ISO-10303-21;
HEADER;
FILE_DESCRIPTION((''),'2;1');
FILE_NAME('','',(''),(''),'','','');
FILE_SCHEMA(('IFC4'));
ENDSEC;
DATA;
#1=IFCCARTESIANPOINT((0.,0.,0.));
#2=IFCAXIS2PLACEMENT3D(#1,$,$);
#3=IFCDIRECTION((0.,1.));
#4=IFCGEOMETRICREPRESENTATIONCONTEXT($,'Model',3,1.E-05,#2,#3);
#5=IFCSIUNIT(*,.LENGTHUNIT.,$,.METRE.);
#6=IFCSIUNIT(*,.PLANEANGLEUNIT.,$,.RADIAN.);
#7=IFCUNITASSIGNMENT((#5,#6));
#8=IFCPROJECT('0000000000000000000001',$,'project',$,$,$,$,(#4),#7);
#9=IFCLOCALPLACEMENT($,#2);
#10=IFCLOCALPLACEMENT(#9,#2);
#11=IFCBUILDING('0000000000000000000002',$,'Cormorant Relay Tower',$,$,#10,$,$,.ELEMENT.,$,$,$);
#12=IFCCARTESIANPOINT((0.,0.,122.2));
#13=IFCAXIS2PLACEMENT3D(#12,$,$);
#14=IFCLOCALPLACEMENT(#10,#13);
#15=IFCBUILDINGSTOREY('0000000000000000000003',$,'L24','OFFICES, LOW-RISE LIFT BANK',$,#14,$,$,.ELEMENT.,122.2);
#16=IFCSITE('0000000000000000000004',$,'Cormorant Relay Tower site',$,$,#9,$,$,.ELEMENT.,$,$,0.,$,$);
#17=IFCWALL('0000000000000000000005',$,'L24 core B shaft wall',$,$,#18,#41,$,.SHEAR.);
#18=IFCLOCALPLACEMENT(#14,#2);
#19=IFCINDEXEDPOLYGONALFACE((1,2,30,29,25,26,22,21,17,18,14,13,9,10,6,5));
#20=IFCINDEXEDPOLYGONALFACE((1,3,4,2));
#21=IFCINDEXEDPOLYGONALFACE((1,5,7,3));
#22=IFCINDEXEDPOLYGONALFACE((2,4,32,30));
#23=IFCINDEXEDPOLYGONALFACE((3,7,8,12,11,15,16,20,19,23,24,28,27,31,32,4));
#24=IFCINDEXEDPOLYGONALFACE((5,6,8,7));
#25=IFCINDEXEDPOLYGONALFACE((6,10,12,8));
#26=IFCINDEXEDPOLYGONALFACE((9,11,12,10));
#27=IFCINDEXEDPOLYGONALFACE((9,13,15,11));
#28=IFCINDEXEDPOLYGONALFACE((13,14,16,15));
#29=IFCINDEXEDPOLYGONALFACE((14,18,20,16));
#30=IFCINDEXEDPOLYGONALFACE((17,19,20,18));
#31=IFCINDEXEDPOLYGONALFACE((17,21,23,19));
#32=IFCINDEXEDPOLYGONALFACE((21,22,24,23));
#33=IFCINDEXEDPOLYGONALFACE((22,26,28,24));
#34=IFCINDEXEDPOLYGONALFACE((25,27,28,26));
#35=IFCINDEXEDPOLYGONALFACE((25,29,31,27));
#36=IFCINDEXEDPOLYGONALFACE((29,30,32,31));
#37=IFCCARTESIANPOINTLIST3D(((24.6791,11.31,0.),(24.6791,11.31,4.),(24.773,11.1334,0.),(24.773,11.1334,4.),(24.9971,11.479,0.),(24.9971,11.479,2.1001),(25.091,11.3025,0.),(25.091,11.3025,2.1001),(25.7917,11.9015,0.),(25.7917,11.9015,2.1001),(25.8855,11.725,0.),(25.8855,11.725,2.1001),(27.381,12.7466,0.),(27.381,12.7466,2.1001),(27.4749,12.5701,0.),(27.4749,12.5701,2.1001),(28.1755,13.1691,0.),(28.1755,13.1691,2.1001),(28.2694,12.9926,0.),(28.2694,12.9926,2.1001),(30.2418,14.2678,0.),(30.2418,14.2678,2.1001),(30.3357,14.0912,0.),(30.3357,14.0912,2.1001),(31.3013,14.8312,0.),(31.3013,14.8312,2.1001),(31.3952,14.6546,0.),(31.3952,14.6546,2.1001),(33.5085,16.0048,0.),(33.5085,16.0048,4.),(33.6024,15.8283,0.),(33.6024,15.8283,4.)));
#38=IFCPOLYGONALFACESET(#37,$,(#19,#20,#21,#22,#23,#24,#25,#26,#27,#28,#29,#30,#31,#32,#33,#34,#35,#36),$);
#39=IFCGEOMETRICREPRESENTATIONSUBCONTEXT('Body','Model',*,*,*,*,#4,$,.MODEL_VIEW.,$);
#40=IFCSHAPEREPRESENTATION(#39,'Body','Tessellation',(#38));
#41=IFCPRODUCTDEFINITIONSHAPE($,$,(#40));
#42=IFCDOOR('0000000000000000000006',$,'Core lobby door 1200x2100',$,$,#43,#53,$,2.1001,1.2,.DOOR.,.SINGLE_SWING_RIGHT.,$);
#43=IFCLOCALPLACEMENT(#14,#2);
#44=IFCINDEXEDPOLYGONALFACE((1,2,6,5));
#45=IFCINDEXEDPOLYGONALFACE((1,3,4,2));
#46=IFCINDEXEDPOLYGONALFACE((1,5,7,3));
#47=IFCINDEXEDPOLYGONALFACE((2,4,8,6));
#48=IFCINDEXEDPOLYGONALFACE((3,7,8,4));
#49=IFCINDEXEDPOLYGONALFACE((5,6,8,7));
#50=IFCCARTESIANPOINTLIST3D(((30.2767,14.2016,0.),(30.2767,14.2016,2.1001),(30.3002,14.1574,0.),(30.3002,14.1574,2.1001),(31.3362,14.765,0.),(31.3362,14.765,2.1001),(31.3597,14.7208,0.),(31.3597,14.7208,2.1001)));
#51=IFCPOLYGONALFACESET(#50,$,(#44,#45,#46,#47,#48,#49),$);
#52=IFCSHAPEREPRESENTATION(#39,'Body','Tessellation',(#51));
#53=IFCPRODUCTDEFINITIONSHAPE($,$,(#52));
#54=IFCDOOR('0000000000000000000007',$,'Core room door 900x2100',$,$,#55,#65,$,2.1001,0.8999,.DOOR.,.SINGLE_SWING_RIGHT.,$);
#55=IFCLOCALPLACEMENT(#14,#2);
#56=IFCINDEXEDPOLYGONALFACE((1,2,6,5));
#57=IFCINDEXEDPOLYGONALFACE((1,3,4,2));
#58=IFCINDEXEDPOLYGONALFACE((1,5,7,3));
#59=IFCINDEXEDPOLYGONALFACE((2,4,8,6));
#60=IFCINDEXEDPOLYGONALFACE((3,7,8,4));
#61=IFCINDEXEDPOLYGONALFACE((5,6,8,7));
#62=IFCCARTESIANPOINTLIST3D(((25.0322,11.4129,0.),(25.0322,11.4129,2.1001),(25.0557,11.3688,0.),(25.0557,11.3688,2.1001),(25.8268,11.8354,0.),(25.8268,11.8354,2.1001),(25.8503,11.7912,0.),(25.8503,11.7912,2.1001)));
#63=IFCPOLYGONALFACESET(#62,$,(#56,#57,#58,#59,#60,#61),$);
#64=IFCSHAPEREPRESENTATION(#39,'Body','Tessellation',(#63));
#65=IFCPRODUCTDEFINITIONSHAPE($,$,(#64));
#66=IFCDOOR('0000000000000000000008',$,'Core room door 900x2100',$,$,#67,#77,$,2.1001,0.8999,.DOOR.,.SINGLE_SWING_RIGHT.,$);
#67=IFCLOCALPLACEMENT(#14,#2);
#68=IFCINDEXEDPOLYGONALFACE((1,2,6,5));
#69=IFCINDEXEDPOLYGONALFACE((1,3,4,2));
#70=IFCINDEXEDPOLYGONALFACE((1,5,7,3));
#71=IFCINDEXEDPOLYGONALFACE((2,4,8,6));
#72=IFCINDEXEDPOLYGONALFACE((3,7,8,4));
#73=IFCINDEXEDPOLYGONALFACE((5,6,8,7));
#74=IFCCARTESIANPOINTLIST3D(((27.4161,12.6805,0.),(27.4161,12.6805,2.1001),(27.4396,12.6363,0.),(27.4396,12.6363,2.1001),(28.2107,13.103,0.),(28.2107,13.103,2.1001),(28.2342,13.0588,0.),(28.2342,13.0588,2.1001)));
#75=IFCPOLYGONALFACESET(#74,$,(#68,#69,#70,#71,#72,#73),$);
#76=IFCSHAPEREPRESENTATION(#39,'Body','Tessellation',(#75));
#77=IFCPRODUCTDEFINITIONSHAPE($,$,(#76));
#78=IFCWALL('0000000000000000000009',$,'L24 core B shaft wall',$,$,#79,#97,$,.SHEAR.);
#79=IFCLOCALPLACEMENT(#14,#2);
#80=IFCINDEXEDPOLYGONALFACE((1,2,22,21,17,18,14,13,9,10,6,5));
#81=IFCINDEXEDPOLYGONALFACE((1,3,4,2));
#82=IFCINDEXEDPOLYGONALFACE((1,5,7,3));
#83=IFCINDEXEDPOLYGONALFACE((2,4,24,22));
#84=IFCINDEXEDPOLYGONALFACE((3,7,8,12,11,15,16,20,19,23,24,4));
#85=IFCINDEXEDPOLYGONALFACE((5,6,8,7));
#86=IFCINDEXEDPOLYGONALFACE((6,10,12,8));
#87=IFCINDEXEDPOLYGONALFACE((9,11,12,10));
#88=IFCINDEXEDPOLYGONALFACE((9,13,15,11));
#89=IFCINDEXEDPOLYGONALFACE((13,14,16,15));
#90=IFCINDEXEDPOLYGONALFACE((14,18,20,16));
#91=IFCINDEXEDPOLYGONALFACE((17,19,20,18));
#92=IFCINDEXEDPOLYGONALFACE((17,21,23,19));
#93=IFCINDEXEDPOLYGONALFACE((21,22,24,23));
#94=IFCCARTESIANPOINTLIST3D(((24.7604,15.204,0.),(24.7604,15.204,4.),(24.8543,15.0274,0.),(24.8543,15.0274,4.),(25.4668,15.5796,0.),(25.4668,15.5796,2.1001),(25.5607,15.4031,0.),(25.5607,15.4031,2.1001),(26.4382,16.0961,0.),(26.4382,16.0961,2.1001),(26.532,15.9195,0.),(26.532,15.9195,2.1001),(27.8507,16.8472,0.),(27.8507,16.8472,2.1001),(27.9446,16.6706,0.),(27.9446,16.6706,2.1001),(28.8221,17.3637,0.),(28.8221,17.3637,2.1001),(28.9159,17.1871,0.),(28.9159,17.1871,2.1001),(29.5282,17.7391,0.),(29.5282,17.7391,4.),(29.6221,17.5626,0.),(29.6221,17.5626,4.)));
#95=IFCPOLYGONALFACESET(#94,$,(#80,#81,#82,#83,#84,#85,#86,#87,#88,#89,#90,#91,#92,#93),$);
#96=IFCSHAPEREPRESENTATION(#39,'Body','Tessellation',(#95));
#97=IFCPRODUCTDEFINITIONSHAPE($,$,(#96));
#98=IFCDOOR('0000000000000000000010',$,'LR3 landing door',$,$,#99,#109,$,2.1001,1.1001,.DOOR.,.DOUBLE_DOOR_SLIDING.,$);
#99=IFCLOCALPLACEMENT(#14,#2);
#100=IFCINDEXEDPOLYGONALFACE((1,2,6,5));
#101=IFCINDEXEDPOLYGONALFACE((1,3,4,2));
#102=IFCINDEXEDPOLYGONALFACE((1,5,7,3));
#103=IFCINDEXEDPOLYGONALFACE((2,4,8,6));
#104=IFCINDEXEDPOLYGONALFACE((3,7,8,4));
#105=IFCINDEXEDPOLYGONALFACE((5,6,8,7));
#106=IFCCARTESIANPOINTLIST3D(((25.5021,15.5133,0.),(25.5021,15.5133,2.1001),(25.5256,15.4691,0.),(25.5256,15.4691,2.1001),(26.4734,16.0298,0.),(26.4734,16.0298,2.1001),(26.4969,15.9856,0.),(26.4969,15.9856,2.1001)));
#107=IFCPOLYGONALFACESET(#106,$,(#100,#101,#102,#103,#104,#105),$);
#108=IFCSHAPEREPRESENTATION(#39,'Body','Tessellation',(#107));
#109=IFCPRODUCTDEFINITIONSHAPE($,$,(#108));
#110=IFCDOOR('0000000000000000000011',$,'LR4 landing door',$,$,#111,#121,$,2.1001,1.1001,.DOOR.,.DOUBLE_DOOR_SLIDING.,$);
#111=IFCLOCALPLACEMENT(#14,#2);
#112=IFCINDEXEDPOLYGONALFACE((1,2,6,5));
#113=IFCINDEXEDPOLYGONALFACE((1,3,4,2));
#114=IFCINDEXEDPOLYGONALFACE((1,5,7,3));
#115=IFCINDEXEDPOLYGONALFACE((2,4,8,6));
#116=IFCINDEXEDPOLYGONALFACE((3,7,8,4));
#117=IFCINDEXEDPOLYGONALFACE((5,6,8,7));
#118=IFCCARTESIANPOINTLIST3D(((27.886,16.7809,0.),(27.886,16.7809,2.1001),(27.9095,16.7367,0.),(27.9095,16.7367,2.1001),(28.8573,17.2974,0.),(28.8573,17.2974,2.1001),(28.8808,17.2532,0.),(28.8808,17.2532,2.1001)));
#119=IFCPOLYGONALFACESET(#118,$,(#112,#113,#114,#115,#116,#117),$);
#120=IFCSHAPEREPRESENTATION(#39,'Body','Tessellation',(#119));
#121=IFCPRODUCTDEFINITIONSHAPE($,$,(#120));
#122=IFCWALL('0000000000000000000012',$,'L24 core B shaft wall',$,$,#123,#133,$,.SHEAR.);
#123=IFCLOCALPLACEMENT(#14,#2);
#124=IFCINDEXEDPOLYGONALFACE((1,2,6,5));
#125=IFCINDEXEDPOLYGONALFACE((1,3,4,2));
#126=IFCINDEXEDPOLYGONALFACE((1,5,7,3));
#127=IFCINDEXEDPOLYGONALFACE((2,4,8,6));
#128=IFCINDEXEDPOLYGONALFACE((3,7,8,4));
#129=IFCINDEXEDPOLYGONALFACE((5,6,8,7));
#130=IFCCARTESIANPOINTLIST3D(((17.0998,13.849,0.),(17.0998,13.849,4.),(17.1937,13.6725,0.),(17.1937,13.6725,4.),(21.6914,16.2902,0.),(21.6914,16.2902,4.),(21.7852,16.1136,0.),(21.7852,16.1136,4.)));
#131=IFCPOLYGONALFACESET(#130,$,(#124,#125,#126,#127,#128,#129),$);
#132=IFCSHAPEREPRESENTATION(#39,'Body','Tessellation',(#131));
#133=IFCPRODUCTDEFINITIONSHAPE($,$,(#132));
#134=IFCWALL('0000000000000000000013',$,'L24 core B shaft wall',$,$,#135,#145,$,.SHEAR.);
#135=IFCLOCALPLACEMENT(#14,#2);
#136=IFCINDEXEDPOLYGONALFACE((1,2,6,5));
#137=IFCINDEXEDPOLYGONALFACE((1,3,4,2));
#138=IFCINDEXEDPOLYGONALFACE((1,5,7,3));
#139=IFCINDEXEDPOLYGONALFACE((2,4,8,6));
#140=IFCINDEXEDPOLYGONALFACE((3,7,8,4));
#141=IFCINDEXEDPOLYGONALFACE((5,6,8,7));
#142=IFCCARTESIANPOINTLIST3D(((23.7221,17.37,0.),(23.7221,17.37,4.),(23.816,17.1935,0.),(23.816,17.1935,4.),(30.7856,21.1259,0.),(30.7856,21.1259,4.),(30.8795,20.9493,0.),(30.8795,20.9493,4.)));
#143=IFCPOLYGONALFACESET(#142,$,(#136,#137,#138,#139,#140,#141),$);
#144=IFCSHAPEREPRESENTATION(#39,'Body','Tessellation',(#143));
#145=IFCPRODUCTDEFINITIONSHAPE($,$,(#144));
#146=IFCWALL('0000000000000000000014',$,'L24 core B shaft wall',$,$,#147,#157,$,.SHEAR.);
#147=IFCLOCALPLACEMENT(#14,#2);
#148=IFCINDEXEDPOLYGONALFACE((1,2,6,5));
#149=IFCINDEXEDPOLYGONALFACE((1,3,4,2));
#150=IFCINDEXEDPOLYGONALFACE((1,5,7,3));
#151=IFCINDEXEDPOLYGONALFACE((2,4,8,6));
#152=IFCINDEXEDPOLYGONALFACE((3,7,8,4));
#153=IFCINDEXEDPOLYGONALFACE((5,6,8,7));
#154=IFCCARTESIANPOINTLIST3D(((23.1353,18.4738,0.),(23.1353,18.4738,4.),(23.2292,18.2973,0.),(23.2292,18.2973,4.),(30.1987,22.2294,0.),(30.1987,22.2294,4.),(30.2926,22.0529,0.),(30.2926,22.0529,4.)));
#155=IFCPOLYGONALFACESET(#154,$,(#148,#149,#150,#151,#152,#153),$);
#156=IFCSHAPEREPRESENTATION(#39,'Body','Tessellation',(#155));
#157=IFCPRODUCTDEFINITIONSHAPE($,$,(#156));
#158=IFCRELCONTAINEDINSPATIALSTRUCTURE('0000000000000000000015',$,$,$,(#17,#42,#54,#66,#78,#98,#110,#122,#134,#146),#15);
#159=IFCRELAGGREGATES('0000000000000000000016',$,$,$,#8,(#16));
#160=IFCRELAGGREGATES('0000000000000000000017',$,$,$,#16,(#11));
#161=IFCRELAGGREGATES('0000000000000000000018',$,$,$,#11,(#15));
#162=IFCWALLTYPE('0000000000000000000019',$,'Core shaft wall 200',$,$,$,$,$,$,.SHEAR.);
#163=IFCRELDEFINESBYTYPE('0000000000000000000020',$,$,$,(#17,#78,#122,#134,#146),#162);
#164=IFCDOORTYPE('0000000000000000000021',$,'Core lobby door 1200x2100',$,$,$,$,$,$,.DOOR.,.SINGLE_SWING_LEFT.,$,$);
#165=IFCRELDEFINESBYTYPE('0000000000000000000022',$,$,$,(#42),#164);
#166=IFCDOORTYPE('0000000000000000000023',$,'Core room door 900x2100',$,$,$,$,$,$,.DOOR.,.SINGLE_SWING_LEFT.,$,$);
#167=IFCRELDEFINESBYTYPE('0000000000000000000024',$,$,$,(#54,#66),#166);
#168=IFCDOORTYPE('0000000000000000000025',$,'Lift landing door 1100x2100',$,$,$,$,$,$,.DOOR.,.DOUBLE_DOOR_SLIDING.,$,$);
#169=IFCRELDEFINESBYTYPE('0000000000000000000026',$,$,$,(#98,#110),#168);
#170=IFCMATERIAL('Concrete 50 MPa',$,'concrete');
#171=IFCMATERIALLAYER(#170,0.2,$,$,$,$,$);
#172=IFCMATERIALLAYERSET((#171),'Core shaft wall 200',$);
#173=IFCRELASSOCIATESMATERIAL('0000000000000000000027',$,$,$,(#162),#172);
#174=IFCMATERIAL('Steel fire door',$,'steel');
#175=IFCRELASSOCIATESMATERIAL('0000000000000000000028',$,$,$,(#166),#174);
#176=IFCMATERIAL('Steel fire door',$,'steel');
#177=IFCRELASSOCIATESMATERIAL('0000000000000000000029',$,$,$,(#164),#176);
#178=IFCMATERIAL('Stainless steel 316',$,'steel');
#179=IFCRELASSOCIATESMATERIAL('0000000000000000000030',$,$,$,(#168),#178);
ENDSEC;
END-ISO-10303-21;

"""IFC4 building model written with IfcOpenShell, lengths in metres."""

from ifc_helpers import new_model, si_unit, direction, frame, frame_2d, origin, place, context, subcontext, project, spatial, rectangle, extrude, material, layer, layer_set, type_object, element, fill, save


model = new_model("IFC4")

# Units and contexts
model_context = context("Model", 3, precision=1e-05, world=origin(), true_north=direction((0.0, 1.0)))
body_context = subcontext(model_context, "Body", "Model", "MODEL_VIEW")
ifc_project = project(units=[si_unit("LENGTHUNIT", "METRE"), si_unit("PLANEANGLEUNIT", "RADIAN")], contexts=[model_context])

# Site, building, storey
site_placement = place(None, origin())
site = spatial("IfcSite", under=ifc_project, at=site_placement, Name="Cormorant Relay Tower site", CompositionType="ELEMENT", RefElevation=0.0)
building_placement = place(site_placement, origin())
building = spatial("IfcBuilding", under=site, at=building_placement, Name="Cormorant Relay Tower", CompositionType="ELEMENT")
storey_placement = place(building_placement, frame((0.0, 0.0, 122.2)))
storey = spatial("IfcBuildingStorey", under=building, at=storey_placement, Name="L24", Description="OFFICES, LOW-RISE LIFT BANK", CompositionType="ELEMENT", Elevation=122.2)

# Shared definitions
ifc_material_1 = material(Name="Concrete 50 MPa", Category="concrete")
ifc_layer_1 = layer(ifc_material_1, 0.2)
ifc_layer_set_1 = layer_set([ifc_layer_1], Name="Core shaft wall 200")
wall_type_1 = type_object("IfcWallType", Name="Core shaft wall 200", PredefinedType="SHEAR", material=ifc_layer_set_1)

# Shared definitions
ifc_material_2 = material(Name="Steel fire door", Category="steel")
door_type_1 = type_object("IfcDoorType", Name="Core room door 900x2100", OperationType="SINGLE_SWING_LEFT", PredefinedType="DOOR", material=ifc_material_2)

# Walls, openings, doors
wall_1_placement = place(storey_placement, frame((24.7261, 11.2217, 0.0), z_axis=(0.0, 0.0, 1.0), x_axis=(0.88294, 0.469485, 0.0)))
wall_1 = element("IfcWall", 1, at=wall_1_placement, inside=storey, type_object=wall_type_1, Name="L24 core B shaft wall", PredefinedType="SHEAR", context=body_context, shape_type="SweptSolid", body=[
    extrude(rectangle(XDim=10.0, YDim=0.2, at=frame_2d((5.0, 0.0))), origin(), (0.0, 0.0, 1.0), 4.0),
])
opening_1_placement = place(wall_1_placement, frame((6.3, 0.0, 0.0)))
opening_1 = element("IfcOpeningElement", 2, at=opening_1_placement, cuts=wall_1, PredefinedType="OPENING", context=body_context, shape_type="SweptSolid", body=[
    extrude(rectangle(XDim=1.2, YDim=2.1001, at=frame_2d((0.6001, 1.05))), frame((0.0, 0.1099, 0.0), z_axis=(0.0, -1.0, 0.0), x_axis=(1.0, 0.0, 0.0)), (0.0, 0.0, 1.0), 0.22),
])
opening_2_placement = place(wall_1_placement, frame((0.3601, 0.0, 0.0)))
opening_2 = element("IfcOpeningElement", 3, at=opening_2_placement, cuts=wall_1, PredefinedType="OPENING", context=body_context, shape_type="SweptSolid", body=[
    extrude(rectangle(XDim=0.8999, YDim=2.1001, at=frame_2d((0.45, 1.05))), frame((0.0, 0.1099, 0.0), z_axis=(0.0, -1.0, 0.0), x_axis=(1.0, 0.0, 0.0)), (0.0, 0.0, 1.0), 0.22),
])
opening_3_placement = place(wall_1_placement, frame((3.0601, 0.0, 0.0)))
opening_3 = element("IfcOpeningElement", 4, at=opening_3_placement, cuts=wall_1, PredefinedType="OPENING", context=body_context, shape_type="SweptSolid", body=[
    extrude(rectangle(XDim=0.8999, YDim=2.1001, at=frame_2d((0.45, 1.05))), frame((0.0, 0.1099, 0.0), z_axis=(0.0, -1.0, 0.0), x_axis=(1.0, 0.0, 0.0)), (0.0, 0.0, 1.0), 0.22),
])
ifc_material_3 = material(Name="Steel fire door", Category="steel")
door_type_2 = type_object("IfcDoorType", Name="Core lobby door 1200x2100", OperationType="SINGLE_SWING_LEFT", PredefinedType="DOOR", material=ifc_material_3)
door_1_placement = place(opening_1_placement, frame((1.2, 0.0, 0.0), z_axis=(0.0, 0.0, 1.0), x_axis=(-1.0, 0.0, 0.0)))
door_1 = element("IfcDoor", 5, at=door_1_placement, inside=storey, type_object=door_type_2, Name="Core lobby door 1200x2100", OperationType="SINGLE_SWING_RIGHT", OverallHeight=2.1001, OverallWidth=1.2, PredefinedType="DOOR", context=body_context, shape_type="SweptSolid", body=[
    extrude(rectangle(XDim=1.2, YDim=2.1001, at=frame_2d((0.6001, 1.05))), frame((0.0, 0.0249, 0.0), z_axis=(0.0, -1.0, 0.0), x_axis=(1.0, 0.0, 0.0)), (0.0, 0.0, 1.0), 0.05),
])
fill(opening_1, door_1)
door_2_placement = place(opening_2_placement, frame((0.8999, 0.0, 0.0), z_axis=(0.0, 0.0, 1.0), x_axis=(-1.0, 0.0, 0.0)))
door_2 = element("IfcDoor", 6, at=door_2_placement, inside=storey, type_object=door_type_1, Name="Core room door 900x2100", OperationType="SINGLE_SWING_RIGHT", OverallHeight=2.1001, OverallWidth=0.8999, PredefinedType="DOOR", context=body_context, shape_type="SweptSolid", body=[
    extrude(rectangle(XDim=0.8999, YDim=2.1001, at=frame_2d((0.45, 1.05))), frame((0.0, 0.0249, 0.0), z_axis=(0.0, -1.0, 0.0), x_axis=(1.0, 0.0, 0.0)), (0.0, 0.0, 1.0), 0.05),
])
fill(opening_2, door_2)
door_3_placement = place(opening_3_placement, frame((0.8999, 0.0, 0.0), z_axis=(0.0, 0.0, 1.0), x_axis=(-1.0, 0.0, 0.0)))
door_3 = element("IfcDoor", 7, at=door_3_placement, inside=storey, type_object=door_type_1, Name="Core room door 900x2100", OperationType="SINGLE_SWING_RIGHT", OverallHeight=2.1001, OverallWidth=0.8999, PredefinedType="DOOR", context=body_context, shape_type="SweptSolid", body=[
    extrude(rectangle(XDim=0.8999, YDim=2.1001, at=frame_2d((0.45, 1.05))), frame((0.0, 0.0249, 0.0), z_axis=(0.0, -1.0, 0.0), x_axis=(1.0, 0.0, 0.0)), (0.0, 0.0, 1.0), 0.05),
])
fill(opening_3, door_3)
wall_2_placement = place(storey_placement, frame((24.8074, 15.1157, 0.0), z_axis=(0.0, 0.0, 1.0), x_axis=(0.882943, 0.46948, 0.0)))
wall_2 = element("IfcWall", 8, at=wall_2_placement, inside=storey, type_object=wall_type_1, Name="L24 core B shaft wall", PredefinedType="SHEAR", context=body_context, shape_type="SweptSolid", body=[
    extrude(rectangle(XDim=5.3999, YDim=0.2, at=frame_2d((2.7, 0.0))), origin(), (0.0, 0.0, 1.0), 4.0),
])
opening_4_placement = place(wall_2_placement, frame((0.8, 0.0, 0.0)))
opening_4 = element("IfcOpeningElement", 9, at=opening_4_placement, cuts=wall_2, PredefinedType="OPENING", context=body_context, shape_type="SweptSolid", body=[
    extrude(rectangle(XDim=1.1001, YDim=2.1001, at=frame_2d((0.55, 1.05))), frame((0.0, 0.1099, 0.0), z_axis=(0.0, -1.0, 0.0), x_axis=(1.0, 0.0, 0.0)), (0.0, 0.0, 1.0), 0.22),
])
opening_5_placement = place(wall_2_placement, frame((3.5, 0.0, 0.0)))
opening_5 = element("IfcOpeningElement", 10, at=opening_5_placement, cuts=wall_2, PredefinedType="OPENING", context=body_context, shape_type="SweptSolid", body=[
    extrude(rectangle(XDim=1.1001, YDim=2.1001, at=frame_2d((0.55, 1.05))), frame((0.0, 0.1099, 0.0), z_axis=(0.0, -1.0, 0.0), x_axis=(1.0, 0.0, 0.0)), (0.0, 0.0, 1.0), 0.22),
])
ifc_material_4 = material(Name="Stainless steel 316", Category="steel")
door_type_3 = type_object("IfcDoorType", Name="Lift landing door 1100x2100", OperationType="DOUBLE_DOOR_SLIDING", PredefinedType="DOOR", material=ifc_material_4)
door_4_placement = place(opening_4_placement, origin())
door_4 = element("IfcDoor", 11, at=door_4_placement, inside=storey, type_object=door_type_3, Name="LR3 landing door", OperationType="DOUBLE_DOOR_SLIDING", OverallHeight=2.1001, OverallWidth=1.1001, PredefinedType="DOOR", context=body_context, shape_type="SweptSolid", body=[
    extrude(rectangle(XDim=1.1001, YDim=2.1001, at=frame_2d((0.55, 1.05))), frame((0.0, 0.0249, 0.0), z_axis=(0.0, -1.0, 0.0), x_axis=(1.0, 0.0, 0.0)), (0.0, 0.0, 1.0), 0.05),
])
fill(opening_4, door_4)
door_5_placement = place(opening_5_placement, origin())
door_5 = element("IfcDoor", 12, at=door_5_placement, inside=storey, type_object=door_type_3, Name="LR4 landing door", OperationType="DOUBLE_DOOR_SLIDING", OverallHeight=2.1001, OverallWidth=1.1001, PredefinedType="DOOR", context=body_context, shape_type="SweptSolid", body=[
    extrude(rectangle(XDim=1.1001, YDim=2.1001, at=frame_2d((0.55, 1.05))), frame((0.0, 0.0249, 0.0), z_axis=(0.0, -1.0, 0.0), x_axis=(1.0, 0.0, 0.0)), (0.0, 0.0, 1.0), 0.05),
])
fill(opening_5, door_5)

# Walls
wall_3_placement = place(storey_placement, frame((17.1467, 13.7607, 0.0), z_axis=(0.0, 0.0, 1.0), x_axis=(0.882964, 0.46944, 0.0)))
element("IfcWall", 13, at=wall_3_placement, inside=storey, type_object=wall_type_1, Name="L24 core B shaft wall", PredefinedType="SHEAR", context=body_context, shape_type="SweptSolid", body=[
    extrude(rectangle(XDim=5.2002, YDim=0.2, at=frame_2d((2.6001, 0.0))), origin(), (0.0, 0.0, 1.0), 4.0),
])
wall_4_placement = place(storey_placement, frame((23.769, 17.2817, 0.0), z_axis=(0.0, 0.0, 1.0), x_axis=(0.88294, 0.469485, 0.0)))
element("IfcWall", 14, at=wall_4_placement, inside=storey, type_object=wall_type_1, Name="L24 core B shaft wall", PredefinedType="SHEAR", context=body_context, shape_type="SweptSolid", body=[
    extrude(rectangle(XDim=8.0, YDim=0.2, at=frame_2d((4.0, 0.0))), origin(), (0.0, 0.0, 1.0), 4.0),
])
wall_5_placement = place(storey_placement, frame((23.1821, 18.3855, 0.0), z_axis=(0.0, 0.0, 1.0), x_axis=(0.882953, 0.469462, 0.0)))
element("IfcWall", 15, at=wall_5_placement, inside=storey, type_object=wall_type_1, Name="L24 core B shaft wall", PredefinedType="SHEAR", context=body_context, shape_type="SweptSolid", body=[
    extrude(rectangle(XDim=7.9998, YDim=0.2, at=frame_2d((4.0, 0.0))), origin(), (0.0, 0.0, 1.0), 4.0),
])

save(model, "model.ifc")
